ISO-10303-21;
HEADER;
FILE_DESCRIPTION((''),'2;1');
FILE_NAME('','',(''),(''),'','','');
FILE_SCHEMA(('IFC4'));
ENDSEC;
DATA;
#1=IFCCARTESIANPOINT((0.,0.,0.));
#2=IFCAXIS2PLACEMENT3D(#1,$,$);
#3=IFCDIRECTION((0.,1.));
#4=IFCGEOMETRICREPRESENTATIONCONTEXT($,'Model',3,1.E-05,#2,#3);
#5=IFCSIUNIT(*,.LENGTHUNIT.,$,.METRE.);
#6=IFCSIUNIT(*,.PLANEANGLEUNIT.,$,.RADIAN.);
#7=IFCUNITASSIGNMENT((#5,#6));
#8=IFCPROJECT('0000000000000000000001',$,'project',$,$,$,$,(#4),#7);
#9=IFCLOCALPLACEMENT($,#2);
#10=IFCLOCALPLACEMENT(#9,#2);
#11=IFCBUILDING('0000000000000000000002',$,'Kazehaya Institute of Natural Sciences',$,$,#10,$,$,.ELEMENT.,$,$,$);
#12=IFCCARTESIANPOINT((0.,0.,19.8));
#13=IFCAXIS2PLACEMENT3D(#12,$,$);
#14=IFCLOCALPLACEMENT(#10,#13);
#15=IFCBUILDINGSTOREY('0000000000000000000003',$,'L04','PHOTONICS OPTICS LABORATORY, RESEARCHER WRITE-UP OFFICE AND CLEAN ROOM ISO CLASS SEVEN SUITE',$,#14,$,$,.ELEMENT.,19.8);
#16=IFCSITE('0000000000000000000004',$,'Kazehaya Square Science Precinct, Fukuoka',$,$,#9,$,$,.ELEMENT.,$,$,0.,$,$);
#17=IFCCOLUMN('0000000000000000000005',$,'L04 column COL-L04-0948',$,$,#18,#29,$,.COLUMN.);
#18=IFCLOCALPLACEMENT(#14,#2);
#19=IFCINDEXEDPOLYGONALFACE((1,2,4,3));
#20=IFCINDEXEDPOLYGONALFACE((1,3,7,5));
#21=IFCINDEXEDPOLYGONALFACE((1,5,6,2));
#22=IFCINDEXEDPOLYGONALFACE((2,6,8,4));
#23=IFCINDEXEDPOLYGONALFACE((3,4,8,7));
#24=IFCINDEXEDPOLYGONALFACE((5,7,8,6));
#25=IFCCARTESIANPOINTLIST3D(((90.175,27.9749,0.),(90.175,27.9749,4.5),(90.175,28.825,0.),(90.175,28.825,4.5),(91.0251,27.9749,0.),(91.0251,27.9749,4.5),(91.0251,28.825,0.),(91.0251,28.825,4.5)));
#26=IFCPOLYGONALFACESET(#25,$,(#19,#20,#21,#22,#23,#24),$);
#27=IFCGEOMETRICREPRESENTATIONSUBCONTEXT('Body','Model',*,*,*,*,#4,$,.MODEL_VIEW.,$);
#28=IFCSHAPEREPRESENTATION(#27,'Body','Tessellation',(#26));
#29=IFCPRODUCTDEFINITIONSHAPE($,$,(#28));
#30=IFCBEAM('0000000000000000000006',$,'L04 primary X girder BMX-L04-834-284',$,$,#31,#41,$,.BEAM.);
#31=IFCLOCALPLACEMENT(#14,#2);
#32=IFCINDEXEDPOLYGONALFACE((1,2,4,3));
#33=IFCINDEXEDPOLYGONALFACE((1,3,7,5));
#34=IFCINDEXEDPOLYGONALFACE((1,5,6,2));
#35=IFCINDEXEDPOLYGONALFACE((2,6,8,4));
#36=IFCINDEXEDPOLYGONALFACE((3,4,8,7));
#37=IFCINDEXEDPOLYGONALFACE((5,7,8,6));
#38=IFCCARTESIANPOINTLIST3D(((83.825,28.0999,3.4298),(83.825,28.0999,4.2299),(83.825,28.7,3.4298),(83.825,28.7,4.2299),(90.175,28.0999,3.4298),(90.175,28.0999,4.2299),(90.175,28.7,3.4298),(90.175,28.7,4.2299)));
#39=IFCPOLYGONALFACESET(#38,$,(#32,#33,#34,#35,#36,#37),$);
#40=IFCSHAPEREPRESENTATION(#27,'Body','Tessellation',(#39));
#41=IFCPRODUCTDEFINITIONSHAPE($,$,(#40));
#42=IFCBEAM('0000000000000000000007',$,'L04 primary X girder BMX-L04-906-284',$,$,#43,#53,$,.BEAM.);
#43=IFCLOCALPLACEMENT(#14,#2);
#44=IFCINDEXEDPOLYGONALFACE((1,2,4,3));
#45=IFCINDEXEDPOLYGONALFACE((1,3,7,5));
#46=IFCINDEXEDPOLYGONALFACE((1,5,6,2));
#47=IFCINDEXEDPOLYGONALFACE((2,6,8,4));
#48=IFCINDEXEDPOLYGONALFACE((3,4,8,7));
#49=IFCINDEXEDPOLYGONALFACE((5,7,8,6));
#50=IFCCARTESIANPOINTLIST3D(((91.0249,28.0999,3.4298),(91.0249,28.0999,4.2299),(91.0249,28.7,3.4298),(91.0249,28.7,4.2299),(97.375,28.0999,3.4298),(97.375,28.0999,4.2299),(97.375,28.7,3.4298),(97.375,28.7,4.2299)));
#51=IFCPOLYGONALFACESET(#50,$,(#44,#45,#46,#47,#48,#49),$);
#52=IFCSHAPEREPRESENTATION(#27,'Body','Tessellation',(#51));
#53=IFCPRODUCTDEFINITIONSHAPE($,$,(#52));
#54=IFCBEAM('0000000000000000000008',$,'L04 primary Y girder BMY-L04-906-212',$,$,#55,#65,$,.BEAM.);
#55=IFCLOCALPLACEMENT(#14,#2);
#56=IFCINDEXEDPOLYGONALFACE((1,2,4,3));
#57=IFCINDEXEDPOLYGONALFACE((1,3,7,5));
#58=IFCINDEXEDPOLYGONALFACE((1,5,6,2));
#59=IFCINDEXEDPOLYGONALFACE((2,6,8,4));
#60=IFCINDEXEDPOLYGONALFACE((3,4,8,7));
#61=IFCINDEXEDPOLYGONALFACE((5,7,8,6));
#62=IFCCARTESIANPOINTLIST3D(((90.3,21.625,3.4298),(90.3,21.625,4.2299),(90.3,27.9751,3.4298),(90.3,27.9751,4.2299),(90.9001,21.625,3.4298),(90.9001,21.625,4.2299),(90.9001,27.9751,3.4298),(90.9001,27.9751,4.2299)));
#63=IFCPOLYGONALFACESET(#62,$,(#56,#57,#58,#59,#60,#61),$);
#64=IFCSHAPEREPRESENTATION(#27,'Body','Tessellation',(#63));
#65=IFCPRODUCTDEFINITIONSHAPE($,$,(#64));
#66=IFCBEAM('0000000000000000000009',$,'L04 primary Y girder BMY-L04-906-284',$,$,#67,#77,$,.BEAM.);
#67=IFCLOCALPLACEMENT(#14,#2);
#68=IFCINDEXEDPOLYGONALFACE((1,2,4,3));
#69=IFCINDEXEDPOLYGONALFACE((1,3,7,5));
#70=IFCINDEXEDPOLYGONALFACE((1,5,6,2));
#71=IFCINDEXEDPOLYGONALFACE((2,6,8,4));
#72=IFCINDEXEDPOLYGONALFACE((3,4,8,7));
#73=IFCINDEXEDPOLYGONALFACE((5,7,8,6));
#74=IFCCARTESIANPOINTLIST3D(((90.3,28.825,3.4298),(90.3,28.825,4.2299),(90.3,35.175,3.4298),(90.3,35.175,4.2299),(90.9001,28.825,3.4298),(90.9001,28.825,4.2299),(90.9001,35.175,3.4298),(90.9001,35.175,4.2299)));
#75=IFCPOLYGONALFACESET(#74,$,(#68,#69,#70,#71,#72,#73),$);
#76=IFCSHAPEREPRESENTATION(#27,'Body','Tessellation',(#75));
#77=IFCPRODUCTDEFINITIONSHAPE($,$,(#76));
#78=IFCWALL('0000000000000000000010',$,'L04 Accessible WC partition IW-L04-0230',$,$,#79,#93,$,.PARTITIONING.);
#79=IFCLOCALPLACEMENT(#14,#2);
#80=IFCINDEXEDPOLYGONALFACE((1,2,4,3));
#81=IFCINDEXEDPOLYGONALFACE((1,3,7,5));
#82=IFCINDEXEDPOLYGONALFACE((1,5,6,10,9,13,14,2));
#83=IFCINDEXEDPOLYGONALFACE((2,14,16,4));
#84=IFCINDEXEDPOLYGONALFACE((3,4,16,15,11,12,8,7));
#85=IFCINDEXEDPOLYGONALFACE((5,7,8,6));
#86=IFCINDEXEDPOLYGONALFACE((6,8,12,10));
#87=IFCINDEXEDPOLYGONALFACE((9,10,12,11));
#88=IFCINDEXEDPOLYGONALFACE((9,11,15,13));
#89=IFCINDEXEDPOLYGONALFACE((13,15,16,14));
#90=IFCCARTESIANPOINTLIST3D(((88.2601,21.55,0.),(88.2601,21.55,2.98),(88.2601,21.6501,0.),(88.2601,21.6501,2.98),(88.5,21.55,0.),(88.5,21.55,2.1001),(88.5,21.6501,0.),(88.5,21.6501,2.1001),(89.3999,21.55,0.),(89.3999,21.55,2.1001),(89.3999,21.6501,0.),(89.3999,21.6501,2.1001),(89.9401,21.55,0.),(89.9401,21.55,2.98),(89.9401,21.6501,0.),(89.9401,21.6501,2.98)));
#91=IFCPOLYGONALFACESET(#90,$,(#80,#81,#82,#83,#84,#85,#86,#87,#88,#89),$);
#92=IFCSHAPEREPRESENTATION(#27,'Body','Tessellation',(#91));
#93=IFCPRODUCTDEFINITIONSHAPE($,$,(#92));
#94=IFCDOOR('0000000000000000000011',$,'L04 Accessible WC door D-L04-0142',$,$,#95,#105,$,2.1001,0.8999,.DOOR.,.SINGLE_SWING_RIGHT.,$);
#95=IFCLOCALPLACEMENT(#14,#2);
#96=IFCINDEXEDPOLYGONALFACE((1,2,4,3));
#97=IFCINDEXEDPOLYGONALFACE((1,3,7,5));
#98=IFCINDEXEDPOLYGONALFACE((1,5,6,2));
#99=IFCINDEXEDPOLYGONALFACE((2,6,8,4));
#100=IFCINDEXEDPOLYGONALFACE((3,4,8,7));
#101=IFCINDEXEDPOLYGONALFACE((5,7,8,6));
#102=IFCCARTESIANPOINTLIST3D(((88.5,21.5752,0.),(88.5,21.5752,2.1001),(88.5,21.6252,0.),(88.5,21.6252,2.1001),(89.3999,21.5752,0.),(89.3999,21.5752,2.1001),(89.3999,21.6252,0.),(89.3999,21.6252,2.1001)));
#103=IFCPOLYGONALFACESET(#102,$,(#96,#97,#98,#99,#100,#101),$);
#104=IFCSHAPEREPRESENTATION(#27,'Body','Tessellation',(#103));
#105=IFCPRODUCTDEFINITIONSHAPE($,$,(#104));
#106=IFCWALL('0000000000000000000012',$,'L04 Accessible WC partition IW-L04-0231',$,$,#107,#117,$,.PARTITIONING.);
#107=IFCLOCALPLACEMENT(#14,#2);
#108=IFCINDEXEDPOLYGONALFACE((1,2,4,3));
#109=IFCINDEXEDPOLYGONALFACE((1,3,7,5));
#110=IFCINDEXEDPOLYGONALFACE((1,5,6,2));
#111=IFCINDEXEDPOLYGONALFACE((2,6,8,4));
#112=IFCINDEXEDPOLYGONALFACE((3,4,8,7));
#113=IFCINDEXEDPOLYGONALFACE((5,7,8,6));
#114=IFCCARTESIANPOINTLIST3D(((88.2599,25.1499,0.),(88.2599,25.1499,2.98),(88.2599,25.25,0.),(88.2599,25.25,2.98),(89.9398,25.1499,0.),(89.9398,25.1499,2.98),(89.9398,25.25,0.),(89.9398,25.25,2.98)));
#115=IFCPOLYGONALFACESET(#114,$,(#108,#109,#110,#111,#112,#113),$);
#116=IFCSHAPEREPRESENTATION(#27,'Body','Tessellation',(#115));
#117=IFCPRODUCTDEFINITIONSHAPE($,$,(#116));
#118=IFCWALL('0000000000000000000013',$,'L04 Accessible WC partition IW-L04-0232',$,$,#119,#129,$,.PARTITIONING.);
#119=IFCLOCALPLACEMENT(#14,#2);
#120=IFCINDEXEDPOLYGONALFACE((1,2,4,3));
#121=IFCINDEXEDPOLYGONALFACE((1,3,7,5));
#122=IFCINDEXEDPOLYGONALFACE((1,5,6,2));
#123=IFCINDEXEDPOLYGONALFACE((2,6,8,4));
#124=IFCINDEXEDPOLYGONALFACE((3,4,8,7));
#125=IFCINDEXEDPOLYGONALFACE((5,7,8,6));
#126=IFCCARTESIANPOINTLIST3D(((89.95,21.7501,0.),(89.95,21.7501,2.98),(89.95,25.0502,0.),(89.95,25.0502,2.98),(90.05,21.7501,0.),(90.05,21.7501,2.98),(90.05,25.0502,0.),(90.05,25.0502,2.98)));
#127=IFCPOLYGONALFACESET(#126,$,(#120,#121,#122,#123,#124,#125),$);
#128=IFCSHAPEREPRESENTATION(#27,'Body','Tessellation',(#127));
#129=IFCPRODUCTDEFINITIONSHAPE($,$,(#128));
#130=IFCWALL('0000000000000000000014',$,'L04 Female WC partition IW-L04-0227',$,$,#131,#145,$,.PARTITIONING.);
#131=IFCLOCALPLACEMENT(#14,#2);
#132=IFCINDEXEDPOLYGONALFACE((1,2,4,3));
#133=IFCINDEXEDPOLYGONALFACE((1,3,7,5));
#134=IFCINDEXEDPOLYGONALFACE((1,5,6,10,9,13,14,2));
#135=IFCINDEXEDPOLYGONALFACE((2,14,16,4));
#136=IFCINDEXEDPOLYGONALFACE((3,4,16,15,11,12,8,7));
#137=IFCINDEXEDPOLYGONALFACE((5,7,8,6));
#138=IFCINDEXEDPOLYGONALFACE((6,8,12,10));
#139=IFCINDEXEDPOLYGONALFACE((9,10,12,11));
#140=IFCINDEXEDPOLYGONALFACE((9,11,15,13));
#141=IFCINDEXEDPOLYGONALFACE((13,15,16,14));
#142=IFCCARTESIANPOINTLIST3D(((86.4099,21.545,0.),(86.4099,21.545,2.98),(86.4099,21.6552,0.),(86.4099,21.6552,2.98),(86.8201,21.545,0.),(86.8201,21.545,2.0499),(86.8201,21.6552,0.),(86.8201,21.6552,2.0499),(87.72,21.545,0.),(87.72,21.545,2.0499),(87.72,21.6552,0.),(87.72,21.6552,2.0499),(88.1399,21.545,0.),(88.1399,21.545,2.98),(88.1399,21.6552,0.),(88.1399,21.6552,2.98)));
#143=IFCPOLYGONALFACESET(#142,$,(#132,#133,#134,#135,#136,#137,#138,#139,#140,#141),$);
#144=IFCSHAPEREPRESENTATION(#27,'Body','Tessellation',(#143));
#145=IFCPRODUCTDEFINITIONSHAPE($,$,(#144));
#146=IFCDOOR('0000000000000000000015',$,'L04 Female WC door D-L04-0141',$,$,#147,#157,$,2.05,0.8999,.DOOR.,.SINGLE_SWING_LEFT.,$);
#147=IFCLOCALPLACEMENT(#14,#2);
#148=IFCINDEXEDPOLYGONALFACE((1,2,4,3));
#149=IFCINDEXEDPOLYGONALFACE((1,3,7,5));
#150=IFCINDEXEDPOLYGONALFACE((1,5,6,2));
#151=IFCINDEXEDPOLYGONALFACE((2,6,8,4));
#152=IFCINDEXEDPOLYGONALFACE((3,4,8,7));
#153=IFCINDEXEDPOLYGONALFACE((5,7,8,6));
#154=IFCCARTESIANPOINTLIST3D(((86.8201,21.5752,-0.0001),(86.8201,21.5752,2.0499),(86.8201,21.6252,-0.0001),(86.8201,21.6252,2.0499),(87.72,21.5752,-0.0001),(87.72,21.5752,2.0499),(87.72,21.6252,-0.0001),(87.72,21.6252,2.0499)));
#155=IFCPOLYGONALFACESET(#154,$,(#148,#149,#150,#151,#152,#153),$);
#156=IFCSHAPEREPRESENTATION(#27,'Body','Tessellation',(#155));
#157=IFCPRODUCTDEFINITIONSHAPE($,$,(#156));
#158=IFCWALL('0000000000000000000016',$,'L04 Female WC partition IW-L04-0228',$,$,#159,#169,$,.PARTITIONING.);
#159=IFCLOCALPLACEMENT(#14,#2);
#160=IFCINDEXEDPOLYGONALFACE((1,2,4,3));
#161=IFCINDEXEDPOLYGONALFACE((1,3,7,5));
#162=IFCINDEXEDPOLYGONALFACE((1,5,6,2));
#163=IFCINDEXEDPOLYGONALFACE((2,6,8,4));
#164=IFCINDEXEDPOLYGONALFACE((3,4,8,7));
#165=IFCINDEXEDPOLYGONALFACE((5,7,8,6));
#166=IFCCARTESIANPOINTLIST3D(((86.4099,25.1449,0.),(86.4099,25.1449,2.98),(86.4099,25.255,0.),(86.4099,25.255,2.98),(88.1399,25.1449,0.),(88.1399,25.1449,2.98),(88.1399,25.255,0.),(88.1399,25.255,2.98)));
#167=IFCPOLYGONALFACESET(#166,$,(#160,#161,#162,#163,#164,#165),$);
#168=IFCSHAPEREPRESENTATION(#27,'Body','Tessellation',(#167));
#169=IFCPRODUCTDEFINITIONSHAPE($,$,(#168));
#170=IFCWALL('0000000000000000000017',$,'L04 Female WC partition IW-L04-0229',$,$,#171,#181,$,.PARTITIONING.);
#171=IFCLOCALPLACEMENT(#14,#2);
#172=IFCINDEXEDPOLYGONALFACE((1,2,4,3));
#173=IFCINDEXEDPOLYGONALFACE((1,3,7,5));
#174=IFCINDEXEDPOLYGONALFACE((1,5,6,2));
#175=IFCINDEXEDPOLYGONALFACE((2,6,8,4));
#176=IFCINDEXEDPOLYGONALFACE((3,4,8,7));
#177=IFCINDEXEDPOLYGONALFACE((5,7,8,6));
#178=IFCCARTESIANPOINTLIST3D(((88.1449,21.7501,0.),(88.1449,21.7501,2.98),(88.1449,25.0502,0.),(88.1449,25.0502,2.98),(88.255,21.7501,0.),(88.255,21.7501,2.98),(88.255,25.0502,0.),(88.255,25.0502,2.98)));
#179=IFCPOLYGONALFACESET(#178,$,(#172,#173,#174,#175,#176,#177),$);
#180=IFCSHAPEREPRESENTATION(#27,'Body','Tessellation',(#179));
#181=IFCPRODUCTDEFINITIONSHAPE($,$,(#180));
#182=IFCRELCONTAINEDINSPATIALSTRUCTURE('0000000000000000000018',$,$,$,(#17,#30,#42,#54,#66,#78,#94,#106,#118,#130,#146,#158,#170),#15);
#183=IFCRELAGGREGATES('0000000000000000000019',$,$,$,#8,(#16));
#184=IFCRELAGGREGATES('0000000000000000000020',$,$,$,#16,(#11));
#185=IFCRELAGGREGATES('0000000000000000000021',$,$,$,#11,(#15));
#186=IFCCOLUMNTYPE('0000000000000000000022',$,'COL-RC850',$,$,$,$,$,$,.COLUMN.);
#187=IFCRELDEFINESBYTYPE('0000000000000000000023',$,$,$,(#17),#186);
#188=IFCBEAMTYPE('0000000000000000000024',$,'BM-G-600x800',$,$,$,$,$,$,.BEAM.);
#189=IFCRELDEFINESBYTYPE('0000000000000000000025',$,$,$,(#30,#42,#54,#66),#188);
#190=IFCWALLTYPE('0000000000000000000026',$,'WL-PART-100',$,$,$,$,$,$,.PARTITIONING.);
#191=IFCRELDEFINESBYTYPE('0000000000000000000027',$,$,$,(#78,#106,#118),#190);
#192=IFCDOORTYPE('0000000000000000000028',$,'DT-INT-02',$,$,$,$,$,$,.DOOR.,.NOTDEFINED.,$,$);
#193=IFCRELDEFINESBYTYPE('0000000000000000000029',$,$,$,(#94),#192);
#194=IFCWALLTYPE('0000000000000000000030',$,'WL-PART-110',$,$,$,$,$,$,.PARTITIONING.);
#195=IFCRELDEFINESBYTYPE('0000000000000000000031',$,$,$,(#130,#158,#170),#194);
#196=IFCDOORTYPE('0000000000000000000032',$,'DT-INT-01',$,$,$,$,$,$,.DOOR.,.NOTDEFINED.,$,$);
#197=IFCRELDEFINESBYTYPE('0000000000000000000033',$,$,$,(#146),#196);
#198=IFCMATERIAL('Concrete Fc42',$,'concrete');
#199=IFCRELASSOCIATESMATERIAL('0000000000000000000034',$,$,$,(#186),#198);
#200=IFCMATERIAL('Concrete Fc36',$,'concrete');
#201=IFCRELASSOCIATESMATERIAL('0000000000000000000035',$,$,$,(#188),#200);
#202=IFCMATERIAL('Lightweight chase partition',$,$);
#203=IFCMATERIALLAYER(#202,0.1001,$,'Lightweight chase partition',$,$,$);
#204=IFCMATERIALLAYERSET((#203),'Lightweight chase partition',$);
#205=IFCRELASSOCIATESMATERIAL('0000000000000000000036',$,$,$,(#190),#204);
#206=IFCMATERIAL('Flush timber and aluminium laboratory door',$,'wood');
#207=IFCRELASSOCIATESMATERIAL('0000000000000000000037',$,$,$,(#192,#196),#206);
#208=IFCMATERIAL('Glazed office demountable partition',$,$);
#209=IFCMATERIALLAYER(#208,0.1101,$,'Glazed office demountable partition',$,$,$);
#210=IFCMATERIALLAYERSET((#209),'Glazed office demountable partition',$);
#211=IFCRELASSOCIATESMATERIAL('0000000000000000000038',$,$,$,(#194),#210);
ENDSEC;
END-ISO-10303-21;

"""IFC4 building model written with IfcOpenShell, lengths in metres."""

from ifc_helpers import new_model, si_unit, direction, frame, frame_2d, origin, origin_2d, place, context, subcontext, project, spatial, rectangle, extrude, material, layer, layer_set, material_profile, profile_set, type_object, element, fill, save


model = new_model("IFC4")

# Units and contexts
model_context = context("Model", 3, precision=1e-05, world=origin(), true_north=direction((0.0, 1.0)))
body_context = subcontext(model_context, "Body", "Model", "MODEL_VIEW")
ifc_project = project(units=[si_unit("LENGTHUNIT", "METRE"), si_unit("PLANEANGLEUNIT", "RADIAN")], contexts=[model_context])

# Site, building, storey
site_placement = place(None, origin())
site = spatial("IfcSite", under=ifc_project, at=site_placement, Name="Kazehaya Square Science Precinct, Fukuoka", CompositionType="ELEMENT", RefElevation=0.0)
building_placement = place(site_placement, origin())
building = spatial("IfcBuilding", under=site, at=building_placement, Name="Kazehaya Institute of Natural Sciences", CompositionType="ELEMENT")
storey_placement = place(building_placement, frame((0.0, 0.0, 19.8)))
storey = spatial("IfcBuildingStorey", under=building, at=storey_placement, Name="L04", Description="PHOTONICS OPTICS LABORATORY, RESEARCHER WRITE-UP OFFICE AND CLEAN ROOM ISO CLASS SEVEN SUITE", CompositionType="ELEMENT", Elevation=19.8)

# Column
ifc_material_1 = material(Name="Concrete Fc42", Category="concrete")
ifc_material_profile_1 = material_profile(ifc_material_1, rectangle(XDim=0.8501, YDim=0.8501, at=origin_2d()), Name="RC-850x850")
ifc_profile_set_1 = profile_set([ifc_material_profile_1], Name="Concrete Fc42")
column_type = type_object("IfcColumnType", Name="COL-RC850", PredefinedType="COLUMN", material=ifc_profile_set_1)
column_placement = place(storey_placement, frame((90.6001, 28.3999, 0.0), z_axis=(0.0, 0.0, 1.0), x_axis=(1.0, 0.0, 0.0)))
element("IfcColumn", 1, at=column_placement, inside=storey, type_object=column_type, Name="L04 column COL-L04-0948", PredefinedType="COLUMN", context=body_context, shape_type="SweptSolid", body=[
    extrude(rectangle(XDim=0.8501, YDim=0.8501, at=origin_2d()), origin(), (0.0, 0.0, 1.0), 4.5),
])

# Beams
ifc_material_2 = material(Name="Concrete Fc36", Category="concrete")
ifc_material_profile_2 = material_profile(ifc_material_2, rectangle(XDim=0.6001, YDim=0.8, at=origin_2d()), Name="RC-600x800")
ifc_profile_set_2 = profile_set([ifc_material_profile_2], Name="Concrete Fc36")
beam_type = type_object("IfcBeamType", Name="BM-G-600x800", PredefinedType="BEAM", material=ifc_profile_set_2)
for number, where, z_axis, x_axis, name in (
    (2, (83.825, 28.3999, 3.8298), (1.0, 0.0, 0.0), (0.0, 1.0, 0.0), "L04 primary X girder BMX-L04-834-284"),
    (3, (91.0249, 28.3999, 3.8298), (1.0, 0.0, 0.0), (0.0, 1.0, 0.0), "L04 primary X girder BMX-L04-906-284"),
    (4, (90.6001, 21.625, 3.8298), (0.0, 1.0, 0.0), (-1.0, 0.0, 0.0), "L04 primary Y girder BMY-L04-906-212"),
    (5, (90.6001, 28.825, 3.8298), (0.0, 1.0, 0.0), (-1.0, 0.0, 0.0), "L04 primary Y girder BMY-L04-906-284"),
):
    element("IfcBeam", number, at=place(storey_placement, frame(where, z_axis=z_axis, x_axis=x_axis)), inside=storey, type_object=beam_type, Name=name, PredefinedType="BEAM", context=body_context, shape_type="SweptSolid", body=[
        extrude(rectangle(XDim=0.6001, YDim=0.8, at=origin_2d()), origin(), (0.0, 0.0, 1.0), 6.3501),
    ])

# Wall, opening, door
ifc_material_3 = material(Name="Lightweight chase partition")
ifc_layer_1 = layer(ifc_material_3, 0.1001, Name="Lightweight chase partition")
ifc_layer_set_1 = layer_set([ifc_layer_1], Name="Lightweight chase partition")
wall_type_1 = type_object("IfcWallType", Name="WL-PART-100", PredefinedType="PARTITIONING", material=ifc_layer_set_1)
wall_1_placement = place(storey_placement, frame((89.9399, 21.6001, 0.0), z_axis=(0.0, 0.0, 1.0), x_axis=(-1.0, 0.0, 0.0)))
wall_1 = element("IfcWall", 6, at=wall_1_placement, inside=storey, type_object=wall_type_1, Name="L04 Accessible WC partition IW-L04-0230", PredefinedType="PARTITIONING", context=body_context, shape_type="SweptSolid", body=[
    extrude(rectangle(XDim=1.6799, YDim=0.1001, at=frame_2d((0.8398, 0.0))), origin(), (0.0, 0.0, 1.0), 2.98),
])
opening_1_placement = place(wall_1_placement, frame((0.54, 0.0, 0.0)))
opening_1 = element("IfcOpeningElement", 7, at=opening_1_placement, cuts=wall_1, PredefinedType="OPENING", context=body_context, shape_type="SweptSolid", body=[
    extrude(rectangle(XDim=0.8999, YDim=2.1001, at=frame_2d((0.45, 1.05))), frame((0.0, 0.0601, 0.0), z_axis=(0.0, -1.0, 0.0), x_axis=(1.0, 0.0, 0.0)), (0.0, 0.0, 1.0), 0.1201),
])
ifc_material_4 = material(Name="Flush timber and aluminium laboratory door", Category="wood")
door_type_1 = type_object("IfcDoorType", Name="DT-INT-02", OperationType="NOTDEFINED", PredefinedType="DOOR", material=ifc_material_4)
door_1_placement = place(opening_1_placement, origin())
door_1 = element("IfcDoor", 8, at=door_1_placement, inside=storey, type_object=door_type_1, Name="L04 Accessible WC door D-L04-0142", OperationType="SINGLE_SWING_RIGHT", OverallHeight=2.1001, OverallWidth=0.8999, PredefinedType="DOOR", context=body_context, shape_type="SweptSolid", body=[
    extrude(rectangle(XDim=0.8999, YDim=2.1001, at=frame_2d((0.45, 1.05))), frame((0.0, 0.0249, 0.0), z_axis=(0.0, -1.0, 0.0), x_axis=(1.0, 0.0, 0.0)), (0.0, 0.0, 1.0), 0.05),
])
fill(opening_1, door_1)

# Walls
wall_2_placement = place(storey_placement, frame((88.26, 25.2, 0.0), z_axis=(0.0, 0.0, 1.0), x_axis=(1.0, 0.0, 0.0)))
element("IfcWall", 9, at=wall_2_placement, inside=storey, type_object=wall_type_1, Name="L04 Accessible WC partition IW-L04-0231", PredefinedType="PARTITIONING", context=body_context, shape_type="SweptSolid", body=[
    extrude(rectangle(XDim=1.6799, YDim=0.1001, at=frame_2d((0.8398, 0.0))), origin(), (0.0, 0.0, 1.0), 2.98),
])
wall_3_placement = place(storey_placement, frame((90.0, 25.05, 0.0), z_axis=(0.0, 0.0, 1.0), x_axis=(0.0, -1.0, 0.0)))
element("IfcWall", 10, at=wall_3_placement, inside=storey, type_object=wall_type_1, Name="L04 Accessible WC partition IW-L04-0232", PredefinedType="PARTITIONING", context=body_context, shape_type="SweptSolid", body=[
    extrude(rectangle(XDim=3.3, YDim=0.1001, at=frame_2d((1.6499, 0.0))), origin(), (0.0, 0.0, 1.0), 2.98),
])

# Wall, opening, door
ifc_material_5 = material(Name="Glazed office demountable partition")
ifc_layer_2 = layer(ifc_material_5, 0.1101, Name="Glazed office demountable partition")
ifc_layer_set_2 = layer_set([ifc_layer_2], Name="Glazed office demountable partition")
wall_type_2 = type_object("IfcWallType", Name="WL-PART-110", PredefinedType="PARTITIONING", material=ifc_layer_set_2)
wall_4_placement = place(storey_placement, frame((88.1399, 21.6001, 0.0), z_axis=(0.0, 0.0, 1.0), x_axis=(-1.0, 0.0, 0.0)))
wall_4 = element("IfcWall", 11, at=wall_4_placement, inside=storey, type_object=wall_type_2, Name="L04 Female WC partition IW-L04-0227", PredefinedType="PARTITIONING", context=body_context, shape_type="SweptSolid", body=[
    extrude(rectangle(XDim=1.73, YDim=0.1101, at=frame_2d((0.865, 0.0))), origin(), (0.0, 0.0, 1.0), 2.98),
])
opening_2_placement = place(wall_4_placement, frame((0.4199, 0.0, 0.0)))
opening_2 = element("IfcOpeningElement", 12, at=opening_2_placement, cuts=wall_4, PredefinedType="OPENING", context=body_context, shape_type="SweptSolid", body=[
    extrude(rectangle(XDim=0.8999, YDim=2.05, at=frame_2d((0.45, 1.0249))), frame((0.0, 0.0649, 0.0), z_axis=(0.0, -1.0, 0.0), x_axis=(1.0, 0.0, 0.0)), (0.0, 0.0, 1.0), 0.1301),
])
door_type_2 = type_object("IfcDoorType", Name="DT-INT-01", OperationType="NOTDEFINED", PredefinedType="DOOR", material=ifc_material_4)
door_2_placement = place(opening_2_placement, origin())
door_2 = element("IfcDoor", 13, at=door_2_placement, inside=storey, type_object=door_type_2, Name="L04 Female WC door D-L04-0141", OperationType="SINGLE_SWING_LEFT", OverallHeight=2.05, OverallWidth=0.8999, PredefinedType="DOOR", context=body_context, shape_type="SweptSolid", body=[
    extrude(rectangle(XDim=0.8999, YDim=2.05, at=frame_2d((0.45, 1.0249))), frame((0.0, 0.0249, 0.0), z_axis=(0.0, -1.0, 0.0), x_axis=(1.0, 0.0, 0.0)), (0.0, 0.0, 1.0), 0.05),
])
fill(opening_2, door_2)

# Walls
wall_5_placement = place(storey_placement, frame((86.4099, 25.2, 0.0), z_axis=(0.0, 0.0, 1.0), x_axis=(1.0, 0.0, 0.0)))
element("IfcWall", 14, at=wall_5_placement, inside=storey, type_object=wall_type_2, Name="L04 Female WC partition IW-L04-0228", PredefinedType="PARTITIONING", context=body_context, shape_type="SweptSolid", body=[
    extrude(rectangle(XDim=1.73, YDim=0.1101, at=frame_2d((0.865, 0.0))), origin(), (0.0, 0.0, 1.0), 2.98),
])
wall_6_placement = place(storey_placement, frame((88.2, 25.05, 0.0), z_axis=(0.0, 0.0, 1.0), x_axis=(0.0, -1.0, 0.0)))
element("IfcWall", 15, at=wall_6_placement, inside=storey, type_object=wall_type_2, Name="L04 Female WC partition IW-L04-0229", PredefinedType="PARTITIONING", context=body_context, shape_type="SweptSolid", body=[
    extrude(rectangle(XDim=3.3, YDim=0.1101, at=frame_2d((1.6499, 0.0))), origin(), (0.0, 0.0, 1.0), 2.98),
])

save(model, "model.ifc")
